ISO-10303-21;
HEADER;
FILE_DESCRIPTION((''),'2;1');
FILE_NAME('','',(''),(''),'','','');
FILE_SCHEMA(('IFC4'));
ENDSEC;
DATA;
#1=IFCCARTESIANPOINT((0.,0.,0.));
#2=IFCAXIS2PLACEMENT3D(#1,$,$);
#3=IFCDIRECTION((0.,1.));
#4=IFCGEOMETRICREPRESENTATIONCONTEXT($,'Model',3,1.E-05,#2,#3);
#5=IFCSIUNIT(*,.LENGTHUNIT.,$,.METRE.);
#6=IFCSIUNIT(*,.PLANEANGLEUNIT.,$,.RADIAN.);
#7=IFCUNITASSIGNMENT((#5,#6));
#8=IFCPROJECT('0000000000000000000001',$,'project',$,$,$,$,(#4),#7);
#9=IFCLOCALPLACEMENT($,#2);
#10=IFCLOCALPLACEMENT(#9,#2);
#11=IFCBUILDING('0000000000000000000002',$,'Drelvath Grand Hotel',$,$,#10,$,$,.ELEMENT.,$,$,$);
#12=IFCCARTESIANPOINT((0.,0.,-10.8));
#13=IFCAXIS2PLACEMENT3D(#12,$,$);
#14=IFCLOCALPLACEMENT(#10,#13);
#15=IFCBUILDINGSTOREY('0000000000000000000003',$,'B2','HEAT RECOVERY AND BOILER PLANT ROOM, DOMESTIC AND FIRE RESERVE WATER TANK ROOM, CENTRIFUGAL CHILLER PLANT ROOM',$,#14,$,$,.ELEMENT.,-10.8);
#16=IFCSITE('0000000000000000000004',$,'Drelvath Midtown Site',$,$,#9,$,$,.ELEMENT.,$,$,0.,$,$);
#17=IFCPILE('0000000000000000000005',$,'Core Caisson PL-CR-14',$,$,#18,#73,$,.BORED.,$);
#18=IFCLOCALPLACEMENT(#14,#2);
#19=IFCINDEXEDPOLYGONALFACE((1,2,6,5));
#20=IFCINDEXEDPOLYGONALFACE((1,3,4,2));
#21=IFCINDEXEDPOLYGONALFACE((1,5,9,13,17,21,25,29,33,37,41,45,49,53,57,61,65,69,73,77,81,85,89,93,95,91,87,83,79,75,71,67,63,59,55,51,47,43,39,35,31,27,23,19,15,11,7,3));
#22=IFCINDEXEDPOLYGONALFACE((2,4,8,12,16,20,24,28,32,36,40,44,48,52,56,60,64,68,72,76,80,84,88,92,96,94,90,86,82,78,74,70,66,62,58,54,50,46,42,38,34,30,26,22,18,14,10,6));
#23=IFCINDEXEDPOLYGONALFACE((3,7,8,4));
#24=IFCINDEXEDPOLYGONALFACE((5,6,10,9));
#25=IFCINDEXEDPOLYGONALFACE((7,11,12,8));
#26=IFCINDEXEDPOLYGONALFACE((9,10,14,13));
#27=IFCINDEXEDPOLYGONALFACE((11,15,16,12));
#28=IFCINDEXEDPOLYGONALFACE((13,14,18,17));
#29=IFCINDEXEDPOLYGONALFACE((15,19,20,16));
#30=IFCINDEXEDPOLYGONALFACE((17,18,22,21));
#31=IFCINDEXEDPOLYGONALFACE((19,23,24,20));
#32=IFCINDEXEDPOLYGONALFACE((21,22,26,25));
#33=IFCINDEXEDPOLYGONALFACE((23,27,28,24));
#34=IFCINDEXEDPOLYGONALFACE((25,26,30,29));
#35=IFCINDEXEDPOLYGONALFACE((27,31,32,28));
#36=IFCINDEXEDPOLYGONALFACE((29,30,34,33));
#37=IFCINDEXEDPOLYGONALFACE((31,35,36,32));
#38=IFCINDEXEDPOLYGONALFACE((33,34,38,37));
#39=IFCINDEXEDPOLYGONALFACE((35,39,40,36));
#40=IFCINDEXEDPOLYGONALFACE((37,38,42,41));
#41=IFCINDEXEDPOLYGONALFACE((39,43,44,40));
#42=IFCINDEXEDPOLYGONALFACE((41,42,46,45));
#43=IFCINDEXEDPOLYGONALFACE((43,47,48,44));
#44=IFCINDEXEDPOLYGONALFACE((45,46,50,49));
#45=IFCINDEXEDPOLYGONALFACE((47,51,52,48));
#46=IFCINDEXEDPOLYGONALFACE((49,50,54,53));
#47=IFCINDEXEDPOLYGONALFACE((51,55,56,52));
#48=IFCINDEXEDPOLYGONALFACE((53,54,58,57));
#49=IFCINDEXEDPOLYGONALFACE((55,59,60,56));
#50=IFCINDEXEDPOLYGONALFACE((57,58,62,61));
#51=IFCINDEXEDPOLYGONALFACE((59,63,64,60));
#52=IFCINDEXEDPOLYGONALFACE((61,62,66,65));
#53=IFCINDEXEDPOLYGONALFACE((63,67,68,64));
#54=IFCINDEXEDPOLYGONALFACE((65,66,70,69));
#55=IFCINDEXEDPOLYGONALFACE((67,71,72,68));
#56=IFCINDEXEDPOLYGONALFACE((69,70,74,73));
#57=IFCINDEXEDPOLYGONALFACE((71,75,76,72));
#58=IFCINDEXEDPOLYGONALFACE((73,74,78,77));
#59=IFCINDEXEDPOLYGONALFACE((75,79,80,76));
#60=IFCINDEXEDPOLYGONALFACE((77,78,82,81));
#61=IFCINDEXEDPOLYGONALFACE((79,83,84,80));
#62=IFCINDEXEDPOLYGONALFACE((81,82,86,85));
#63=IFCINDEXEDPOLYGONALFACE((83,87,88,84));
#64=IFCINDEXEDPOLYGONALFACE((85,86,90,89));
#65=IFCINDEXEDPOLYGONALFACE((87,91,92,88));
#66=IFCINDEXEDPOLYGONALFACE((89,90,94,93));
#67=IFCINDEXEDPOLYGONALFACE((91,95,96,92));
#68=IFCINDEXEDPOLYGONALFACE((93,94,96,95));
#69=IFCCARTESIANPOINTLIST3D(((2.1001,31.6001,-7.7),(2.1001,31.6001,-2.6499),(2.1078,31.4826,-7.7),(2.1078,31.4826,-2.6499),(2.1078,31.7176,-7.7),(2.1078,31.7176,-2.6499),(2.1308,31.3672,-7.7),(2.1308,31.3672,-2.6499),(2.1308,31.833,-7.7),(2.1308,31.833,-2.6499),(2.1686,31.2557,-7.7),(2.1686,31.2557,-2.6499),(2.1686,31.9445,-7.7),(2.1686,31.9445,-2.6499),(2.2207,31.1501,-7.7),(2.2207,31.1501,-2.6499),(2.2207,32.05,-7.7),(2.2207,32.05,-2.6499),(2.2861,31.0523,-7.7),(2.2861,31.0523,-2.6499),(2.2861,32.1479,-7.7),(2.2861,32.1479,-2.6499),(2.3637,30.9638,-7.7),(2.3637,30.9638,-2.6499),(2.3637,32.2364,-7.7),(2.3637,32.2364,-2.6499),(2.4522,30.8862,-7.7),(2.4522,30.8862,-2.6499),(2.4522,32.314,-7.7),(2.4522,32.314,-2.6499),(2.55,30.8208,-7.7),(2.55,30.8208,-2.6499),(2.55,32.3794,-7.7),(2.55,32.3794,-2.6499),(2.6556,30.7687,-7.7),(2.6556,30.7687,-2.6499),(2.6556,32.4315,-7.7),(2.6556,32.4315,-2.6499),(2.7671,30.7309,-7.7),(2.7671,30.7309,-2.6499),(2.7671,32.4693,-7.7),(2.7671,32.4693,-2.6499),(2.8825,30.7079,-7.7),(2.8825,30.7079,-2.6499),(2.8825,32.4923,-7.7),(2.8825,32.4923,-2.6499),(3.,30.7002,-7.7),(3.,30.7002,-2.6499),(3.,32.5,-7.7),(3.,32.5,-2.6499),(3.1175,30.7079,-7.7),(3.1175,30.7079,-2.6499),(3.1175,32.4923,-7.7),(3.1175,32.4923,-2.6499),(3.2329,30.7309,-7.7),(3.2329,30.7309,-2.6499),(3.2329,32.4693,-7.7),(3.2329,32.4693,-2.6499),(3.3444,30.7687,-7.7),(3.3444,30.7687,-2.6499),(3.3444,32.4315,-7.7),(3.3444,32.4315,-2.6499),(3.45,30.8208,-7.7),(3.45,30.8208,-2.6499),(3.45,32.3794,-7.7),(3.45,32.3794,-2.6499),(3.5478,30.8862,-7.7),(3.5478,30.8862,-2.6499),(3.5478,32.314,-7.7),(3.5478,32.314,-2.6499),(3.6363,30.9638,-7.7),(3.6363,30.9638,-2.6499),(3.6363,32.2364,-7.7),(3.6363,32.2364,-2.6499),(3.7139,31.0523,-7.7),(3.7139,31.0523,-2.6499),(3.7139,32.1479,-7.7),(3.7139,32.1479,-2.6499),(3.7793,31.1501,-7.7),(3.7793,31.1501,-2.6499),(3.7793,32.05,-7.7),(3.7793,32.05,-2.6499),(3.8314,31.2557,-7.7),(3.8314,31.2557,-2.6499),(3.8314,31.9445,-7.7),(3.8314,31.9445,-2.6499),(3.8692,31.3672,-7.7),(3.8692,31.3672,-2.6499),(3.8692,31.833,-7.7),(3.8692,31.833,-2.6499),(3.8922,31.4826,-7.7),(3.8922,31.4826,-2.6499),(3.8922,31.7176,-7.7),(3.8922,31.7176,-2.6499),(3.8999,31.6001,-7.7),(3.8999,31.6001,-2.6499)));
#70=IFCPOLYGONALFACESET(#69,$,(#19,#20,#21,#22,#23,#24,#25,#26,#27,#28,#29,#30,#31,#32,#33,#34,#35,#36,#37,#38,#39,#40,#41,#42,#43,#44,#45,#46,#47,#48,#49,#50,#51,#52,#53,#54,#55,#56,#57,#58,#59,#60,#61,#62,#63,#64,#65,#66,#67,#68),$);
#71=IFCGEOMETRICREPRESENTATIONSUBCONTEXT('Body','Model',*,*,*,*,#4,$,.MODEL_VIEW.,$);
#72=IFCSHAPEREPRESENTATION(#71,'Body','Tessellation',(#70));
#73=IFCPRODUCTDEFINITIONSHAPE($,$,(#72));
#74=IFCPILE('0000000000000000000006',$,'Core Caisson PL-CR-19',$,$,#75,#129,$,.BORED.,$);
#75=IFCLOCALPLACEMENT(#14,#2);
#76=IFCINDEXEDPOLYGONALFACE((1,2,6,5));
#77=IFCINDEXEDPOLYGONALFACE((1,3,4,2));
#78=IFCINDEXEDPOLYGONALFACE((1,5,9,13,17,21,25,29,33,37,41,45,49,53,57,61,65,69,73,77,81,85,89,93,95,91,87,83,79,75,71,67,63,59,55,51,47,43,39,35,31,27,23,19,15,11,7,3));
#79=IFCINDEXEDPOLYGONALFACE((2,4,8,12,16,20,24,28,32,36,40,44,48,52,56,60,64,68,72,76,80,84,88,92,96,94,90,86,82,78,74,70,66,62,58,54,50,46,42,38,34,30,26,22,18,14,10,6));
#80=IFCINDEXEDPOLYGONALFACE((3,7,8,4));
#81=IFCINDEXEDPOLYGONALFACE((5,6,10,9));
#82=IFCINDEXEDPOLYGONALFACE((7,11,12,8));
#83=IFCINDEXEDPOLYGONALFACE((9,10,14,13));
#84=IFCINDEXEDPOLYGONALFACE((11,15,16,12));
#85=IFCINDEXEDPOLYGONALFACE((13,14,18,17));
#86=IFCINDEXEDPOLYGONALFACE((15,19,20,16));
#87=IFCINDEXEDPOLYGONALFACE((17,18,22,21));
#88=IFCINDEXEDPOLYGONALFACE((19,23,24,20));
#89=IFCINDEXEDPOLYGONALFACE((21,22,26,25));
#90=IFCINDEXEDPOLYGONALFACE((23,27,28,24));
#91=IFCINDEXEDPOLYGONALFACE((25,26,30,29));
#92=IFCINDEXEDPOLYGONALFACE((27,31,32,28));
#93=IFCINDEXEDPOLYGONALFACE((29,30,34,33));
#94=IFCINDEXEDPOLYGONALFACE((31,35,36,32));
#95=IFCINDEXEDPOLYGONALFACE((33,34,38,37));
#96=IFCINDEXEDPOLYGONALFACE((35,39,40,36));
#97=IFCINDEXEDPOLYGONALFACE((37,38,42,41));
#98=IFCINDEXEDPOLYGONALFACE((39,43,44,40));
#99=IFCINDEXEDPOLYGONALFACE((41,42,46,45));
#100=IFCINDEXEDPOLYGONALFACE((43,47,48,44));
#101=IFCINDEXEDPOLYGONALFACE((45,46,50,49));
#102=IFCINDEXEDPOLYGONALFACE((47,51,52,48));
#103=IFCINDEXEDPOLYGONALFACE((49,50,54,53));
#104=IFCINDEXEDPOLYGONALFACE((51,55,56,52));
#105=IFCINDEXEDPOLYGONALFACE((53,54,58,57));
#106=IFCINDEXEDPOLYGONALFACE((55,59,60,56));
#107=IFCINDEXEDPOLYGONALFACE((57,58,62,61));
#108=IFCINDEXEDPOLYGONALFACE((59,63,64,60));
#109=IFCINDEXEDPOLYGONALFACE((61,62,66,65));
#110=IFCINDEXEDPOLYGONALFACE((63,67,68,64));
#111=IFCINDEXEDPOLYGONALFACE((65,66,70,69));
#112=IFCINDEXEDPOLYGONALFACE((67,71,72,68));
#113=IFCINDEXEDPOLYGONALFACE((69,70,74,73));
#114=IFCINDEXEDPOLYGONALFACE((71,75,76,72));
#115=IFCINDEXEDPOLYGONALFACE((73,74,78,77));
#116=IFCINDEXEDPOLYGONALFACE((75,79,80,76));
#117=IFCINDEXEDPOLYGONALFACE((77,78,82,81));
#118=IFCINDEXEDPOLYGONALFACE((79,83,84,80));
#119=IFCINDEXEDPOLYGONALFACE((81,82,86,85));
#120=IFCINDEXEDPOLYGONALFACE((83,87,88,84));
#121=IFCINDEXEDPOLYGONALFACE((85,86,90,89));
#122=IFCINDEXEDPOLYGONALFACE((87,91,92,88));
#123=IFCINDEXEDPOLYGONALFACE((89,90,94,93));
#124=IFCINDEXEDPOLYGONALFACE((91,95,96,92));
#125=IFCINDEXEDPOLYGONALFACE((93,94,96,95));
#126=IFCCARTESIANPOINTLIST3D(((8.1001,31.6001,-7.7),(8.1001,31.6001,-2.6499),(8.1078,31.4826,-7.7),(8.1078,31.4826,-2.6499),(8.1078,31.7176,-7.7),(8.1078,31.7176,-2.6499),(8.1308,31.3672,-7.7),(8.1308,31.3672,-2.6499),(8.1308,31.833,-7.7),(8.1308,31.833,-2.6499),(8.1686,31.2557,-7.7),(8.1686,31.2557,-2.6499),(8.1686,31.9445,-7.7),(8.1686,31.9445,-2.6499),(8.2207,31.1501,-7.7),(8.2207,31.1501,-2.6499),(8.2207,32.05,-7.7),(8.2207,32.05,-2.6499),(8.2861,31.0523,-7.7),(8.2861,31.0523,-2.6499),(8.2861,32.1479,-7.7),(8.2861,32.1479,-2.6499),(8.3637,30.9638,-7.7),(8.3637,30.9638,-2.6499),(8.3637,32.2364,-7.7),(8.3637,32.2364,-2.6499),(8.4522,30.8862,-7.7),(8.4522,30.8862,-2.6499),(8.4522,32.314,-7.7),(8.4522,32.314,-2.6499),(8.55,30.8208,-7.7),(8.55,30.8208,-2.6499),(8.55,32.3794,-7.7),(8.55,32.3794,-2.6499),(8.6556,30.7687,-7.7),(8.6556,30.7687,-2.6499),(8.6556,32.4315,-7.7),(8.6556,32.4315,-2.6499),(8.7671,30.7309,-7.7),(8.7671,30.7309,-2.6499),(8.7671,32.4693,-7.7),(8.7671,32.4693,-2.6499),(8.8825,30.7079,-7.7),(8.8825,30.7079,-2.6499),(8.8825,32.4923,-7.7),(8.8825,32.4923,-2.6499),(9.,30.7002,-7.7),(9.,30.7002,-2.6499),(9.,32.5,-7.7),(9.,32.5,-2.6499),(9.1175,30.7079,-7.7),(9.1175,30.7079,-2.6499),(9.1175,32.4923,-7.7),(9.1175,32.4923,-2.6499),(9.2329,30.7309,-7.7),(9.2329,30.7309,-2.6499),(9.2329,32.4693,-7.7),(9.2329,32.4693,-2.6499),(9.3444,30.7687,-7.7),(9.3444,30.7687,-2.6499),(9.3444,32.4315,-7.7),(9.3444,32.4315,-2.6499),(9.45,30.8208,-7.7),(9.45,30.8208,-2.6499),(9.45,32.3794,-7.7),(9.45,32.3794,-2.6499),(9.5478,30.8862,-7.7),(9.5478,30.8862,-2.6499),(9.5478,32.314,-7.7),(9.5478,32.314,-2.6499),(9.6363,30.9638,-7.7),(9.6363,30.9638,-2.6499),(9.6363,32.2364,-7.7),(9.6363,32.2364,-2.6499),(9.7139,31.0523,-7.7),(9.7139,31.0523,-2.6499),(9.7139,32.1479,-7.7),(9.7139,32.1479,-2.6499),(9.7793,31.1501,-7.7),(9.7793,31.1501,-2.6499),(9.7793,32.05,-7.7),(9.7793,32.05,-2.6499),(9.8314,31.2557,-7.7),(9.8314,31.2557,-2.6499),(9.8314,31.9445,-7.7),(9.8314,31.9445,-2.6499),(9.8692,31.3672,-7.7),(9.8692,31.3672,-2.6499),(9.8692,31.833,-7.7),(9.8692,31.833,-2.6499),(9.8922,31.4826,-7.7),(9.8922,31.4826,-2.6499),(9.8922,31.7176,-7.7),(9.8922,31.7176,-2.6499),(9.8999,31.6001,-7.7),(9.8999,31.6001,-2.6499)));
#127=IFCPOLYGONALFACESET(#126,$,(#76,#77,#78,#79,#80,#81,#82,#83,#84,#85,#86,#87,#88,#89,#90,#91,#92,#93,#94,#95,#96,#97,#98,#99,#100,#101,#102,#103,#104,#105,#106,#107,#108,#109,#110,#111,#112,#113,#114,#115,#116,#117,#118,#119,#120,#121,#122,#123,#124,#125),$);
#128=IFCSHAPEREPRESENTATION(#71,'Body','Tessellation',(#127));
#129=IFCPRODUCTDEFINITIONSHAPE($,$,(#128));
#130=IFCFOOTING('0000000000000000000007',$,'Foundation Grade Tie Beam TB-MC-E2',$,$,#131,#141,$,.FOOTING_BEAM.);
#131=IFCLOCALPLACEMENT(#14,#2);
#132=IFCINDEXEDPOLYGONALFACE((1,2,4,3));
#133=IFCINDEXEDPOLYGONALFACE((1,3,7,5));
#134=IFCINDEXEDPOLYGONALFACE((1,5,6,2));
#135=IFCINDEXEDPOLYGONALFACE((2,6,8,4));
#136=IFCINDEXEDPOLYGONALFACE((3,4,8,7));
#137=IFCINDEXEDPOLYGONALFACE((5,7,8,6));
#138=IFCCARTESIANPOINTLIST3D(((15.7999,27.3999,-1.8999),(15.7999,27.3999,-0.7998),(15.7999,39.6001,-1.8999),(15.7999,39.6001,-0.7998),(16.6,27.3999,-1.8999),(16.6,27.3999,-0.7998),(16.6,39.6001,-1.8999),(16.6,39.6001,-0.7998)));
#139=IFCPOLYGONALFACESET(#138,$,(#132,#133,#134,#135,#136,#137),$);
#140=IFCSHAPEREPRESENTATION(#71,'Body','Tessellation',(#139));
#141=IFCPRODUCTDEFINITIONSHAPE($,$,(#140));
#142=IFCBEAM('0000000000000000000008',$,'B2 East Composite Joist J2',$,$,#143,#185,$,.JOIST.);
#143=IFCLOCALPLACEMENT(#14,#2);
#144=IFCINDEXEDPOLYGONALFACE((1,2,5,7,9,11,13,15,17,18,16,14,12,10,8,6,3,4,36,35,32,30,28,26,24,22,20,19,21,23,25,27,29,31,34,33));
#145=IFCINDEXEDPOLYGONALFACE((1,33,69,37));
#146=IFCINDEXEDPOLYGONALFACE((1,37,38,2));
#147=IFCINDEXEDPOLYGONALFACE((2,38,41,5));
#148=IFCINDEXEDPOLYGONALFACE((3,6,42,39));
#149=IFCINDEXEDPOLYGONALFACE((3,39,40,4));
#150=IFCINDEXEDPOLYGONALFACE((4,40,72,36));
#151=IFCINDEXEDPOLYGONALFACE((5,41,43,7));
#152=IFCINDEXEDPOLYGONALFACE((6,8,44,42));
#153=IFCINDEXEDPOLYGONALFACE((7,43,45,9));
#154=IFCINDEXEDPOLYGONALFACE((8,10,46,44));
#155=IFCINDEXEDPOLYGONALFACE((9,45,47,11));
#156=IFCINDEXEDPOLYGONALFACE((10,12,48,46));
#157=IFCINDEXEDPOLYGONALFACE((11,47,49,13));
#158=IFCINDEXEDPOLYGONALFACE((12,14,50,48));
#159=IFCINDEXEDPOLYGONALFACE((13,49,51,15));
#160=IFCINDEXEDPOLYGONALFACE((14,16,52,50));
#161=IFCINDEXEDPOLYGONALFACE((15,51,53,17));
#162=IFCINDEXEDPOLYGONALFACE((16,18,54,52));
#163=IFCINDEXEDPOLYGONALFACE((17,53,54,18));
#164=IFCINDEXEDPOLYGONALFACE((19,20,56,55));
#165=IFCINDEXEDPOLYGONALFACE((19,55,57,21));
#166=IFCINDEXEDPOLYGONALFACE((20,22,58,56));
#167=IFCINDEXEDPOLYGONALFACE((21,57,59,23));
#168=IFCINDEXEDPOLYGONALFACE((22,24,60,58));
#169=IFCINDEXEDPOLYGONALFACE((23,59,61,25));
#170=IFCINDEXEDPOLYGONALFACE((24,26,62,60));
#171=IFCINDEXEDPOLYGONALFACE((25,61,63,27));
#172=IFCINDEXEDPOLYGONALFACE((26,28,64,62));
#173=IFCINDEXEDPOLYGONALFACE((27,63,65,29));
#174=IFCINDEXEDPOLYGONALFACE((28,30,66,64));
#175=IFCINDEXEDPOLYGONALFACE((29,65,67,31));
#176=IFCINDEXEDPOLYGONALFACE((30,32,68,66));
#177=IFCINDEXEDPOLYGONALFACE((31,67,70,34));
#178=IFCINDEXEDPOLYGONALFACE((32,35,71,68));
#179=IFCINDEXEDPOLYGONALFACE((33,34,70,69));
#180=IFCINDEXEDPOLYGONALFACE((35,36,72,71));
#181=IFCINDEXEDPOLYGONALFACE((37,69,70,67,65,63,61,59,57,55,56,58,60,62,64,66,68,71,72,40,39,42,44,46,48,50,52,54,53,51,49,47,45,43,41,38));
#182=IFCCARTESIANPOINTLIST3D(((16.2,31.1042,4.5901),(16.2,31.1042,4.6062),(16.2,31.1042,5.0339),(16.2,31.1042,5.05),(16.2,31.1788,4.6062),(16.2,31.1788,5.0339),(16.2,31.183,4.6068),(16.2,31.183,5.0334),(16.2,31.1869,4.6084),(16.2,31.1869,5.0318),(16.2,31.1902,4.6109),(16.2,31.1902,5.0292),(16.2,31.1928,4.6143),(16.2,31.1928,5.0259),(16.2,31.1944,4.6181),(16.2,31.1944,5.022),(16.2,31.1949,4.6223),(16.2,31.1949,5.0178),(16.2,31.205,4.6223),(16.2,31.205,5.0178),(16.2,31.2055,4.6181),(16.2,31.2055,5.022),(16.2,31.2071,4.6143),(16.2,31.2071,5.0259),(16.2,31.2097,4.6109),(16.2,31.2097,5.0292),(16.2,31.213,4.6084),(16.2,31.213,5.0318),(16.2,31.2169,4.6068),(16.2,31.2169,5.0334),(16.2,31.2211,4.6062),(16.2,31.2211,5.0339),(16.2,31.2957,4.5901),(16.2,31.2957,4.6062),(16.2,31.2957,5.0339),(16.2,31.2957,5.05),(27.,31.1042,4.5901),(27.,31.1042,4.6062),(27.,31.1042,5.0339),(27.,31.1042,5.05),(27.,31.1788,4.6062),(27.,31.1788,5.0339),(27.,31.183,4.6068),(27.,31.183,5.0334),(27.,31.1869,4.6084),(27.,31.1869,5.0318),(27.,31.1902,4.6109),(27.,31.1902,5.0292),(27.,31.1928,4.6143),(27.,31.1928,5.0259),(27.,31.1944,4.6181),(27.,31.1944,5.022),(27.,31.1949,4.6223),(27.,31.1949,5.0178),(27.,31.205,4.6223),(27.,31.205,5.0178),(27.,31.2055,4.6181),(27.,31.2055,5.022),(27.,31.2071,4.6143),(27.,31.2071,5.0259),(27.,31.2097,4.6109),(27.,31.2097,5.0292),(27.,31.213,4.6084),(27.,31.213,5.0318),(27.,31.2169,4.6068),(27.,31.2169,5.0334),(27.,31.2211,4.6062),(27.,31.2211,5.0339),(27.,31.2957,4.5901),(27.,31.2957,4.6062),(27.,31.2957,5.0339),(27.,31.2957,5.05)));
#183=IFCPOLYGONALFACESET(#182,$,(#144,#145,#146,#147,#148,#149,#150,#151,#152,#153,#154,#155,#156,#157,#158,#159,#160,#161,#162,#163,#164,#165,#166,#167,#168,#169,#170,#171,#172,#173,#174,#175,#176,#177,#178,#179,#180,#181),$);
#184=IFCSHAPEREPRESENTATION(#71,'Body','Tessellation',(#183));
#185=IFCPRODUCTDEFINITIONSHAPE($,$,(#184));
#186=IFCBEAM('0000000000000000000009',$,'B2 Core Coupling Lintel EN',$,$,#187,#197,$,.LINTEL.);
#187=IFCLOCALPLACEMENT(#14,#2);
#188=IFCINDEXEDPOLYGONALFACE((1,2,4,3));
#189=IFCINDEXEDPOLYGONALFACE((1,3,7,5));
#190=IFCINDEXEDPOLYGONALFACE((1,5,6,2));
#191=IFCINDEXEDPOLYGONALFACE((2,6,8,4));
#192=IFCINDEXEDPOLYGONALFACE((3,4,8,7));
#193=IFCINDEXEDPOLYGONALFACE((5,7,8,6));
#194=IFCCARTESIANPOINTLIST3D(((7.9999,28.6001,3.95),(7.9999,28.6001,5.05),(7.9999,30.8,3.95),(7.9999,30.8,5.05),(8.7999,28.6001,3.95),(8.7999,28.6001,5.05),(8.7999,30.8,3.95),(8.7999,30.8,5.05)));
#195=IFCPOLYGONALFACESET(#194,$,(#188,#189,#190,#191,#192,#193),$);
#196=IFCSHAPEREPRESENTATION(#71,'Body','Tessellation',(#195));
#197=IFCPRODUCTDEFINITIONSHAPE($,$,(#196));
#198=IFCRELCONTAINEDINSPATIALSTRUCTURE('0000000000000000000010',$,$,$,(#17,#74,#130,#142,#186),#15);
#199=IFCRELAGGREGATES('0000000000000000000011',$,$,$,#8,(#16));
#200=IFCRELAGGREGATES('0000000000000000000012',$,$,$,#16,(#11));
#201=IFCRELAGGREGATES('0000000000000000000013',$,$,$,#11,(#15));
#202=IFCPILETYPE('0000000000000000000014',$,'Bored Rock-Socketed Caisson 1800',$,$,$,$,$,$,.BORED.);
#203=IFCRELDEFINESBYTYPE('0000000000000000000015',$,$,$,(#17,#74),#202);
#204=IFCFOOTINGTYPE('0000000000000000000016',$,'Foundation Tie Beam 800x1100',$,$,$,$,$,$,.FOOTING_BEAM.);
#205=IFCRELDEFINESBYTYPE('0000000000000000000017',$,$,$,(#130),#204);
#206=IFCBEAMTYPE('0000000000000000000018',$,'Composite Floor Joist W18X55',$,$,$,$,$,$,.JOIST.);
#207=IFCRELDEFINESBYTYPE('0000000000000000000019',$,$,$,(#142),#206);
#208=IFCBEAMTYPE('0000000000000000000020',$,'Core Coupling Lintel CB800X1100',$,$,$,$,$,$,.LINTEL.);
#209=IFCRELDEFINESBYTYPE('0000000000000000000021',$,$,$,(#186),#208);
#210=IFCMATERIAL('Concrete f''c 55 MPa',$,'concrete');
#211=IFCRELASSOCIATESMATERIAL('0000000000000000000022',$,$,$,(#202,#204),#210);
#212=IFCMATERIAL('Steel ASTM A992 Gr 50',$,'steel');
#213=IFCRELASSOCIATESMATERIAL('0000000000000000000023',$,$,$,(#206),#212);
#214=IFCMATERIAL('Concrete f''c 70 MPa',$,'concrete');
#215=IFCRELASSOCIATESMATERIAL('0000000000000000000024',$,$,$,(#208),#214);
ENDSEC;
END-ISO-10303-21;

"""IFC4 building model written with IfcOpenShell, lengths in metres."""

from ifc_helpers import new_model, si_unit, direction, frame, origin, origin_2d, place, context, subcontext, project, spatial, rectangle, circle, i_section, extrude, material, material_profile, profile_set, type_object, element, save


model = new_model("IFC4")

# Units and contexts
model_context = context("Model", 3, precision=1e-05, world=origin(), true_north=direction((0.0, 1.0)))
body_context = subcontext(model_context, "Body", "Model", "MODEL_VIEW")
ifc_project = project(units=[si_unit("LENGTHUNIT", "METRE"), si_unit("PLANEANGLEUNIT", "RADIAN")], contexts=[model_context])

# Site, building, storey
site_placement = place(None, origin())
site = spatial("IfcSite", under=ifc_project, at=site_placement, Name="Drelvath Midtown Site", CompositionType="ELEMENT", RefElevation=0.0)
building_placement = place(site_placement, origin())
building = spatial("IfcBuilding", under=site, at=building_placement, Name="Drelvath Grand Hotel", CompositionType="ELEMENT")
storey_placement = place(building_placement, frame((0.0, 0.0, -10.8)))
storey = spatial("IfcBuildingStorey", under=building, at=storey_placement, Name="B2", Description="HEAT RECOVERY AND BOILER PLANT ROOM, DOMESTIC AND FIRE RESERVE WATER TANK ROOM, CENTRIFUGAL CHILLER PLANT ROOM", CompositionType="ELEMENT", Elevation=-10.8)

# Piles
ifc_material_1 = material(Name="Concrete f'c 55 MPa", Category="concrete")
ifc_material_profile_1 = material_profile(ifc_material_1, circle(Radius=0.8999, at=origin_2d()), Name="CAISSON1800")
ifc_profile_set_1 = profile_set([ifc_material_profile_1], Name="Concrete f'c 55 MPa")
pile_type = type_object("IfcPileType", Name="Bored Rock-Socketed Caisson 1800", PredefinedType="BORED", material=ifc_profile_set_1)
for number, where, z_axis, x_axis, name in (
    (1, (3.0, 31.6001, -2.6499), (0.0, 0.0, -1.0), (1.0, 0.0, 0.0), "Core Caisson PL-CR-14"),
    (2, (9.0, 31.6001, -2.6499), (0.0, 0.0, -1.0), (1.0, 0.0, 0.0), "Core Caisson PL-CR-19"),
):
    element("IfcPile", number, at=place(storey_placement, frame(where, z_axis=z_axis, x_axis=x_axis)), inside=storey, type_object=pile_type, Name=name, PredefinedType="BORED", context=body_context, shape_type="SweptSolid", body=[
        extrude(circle(Radius=0.8999, at=origin_2d()), origin(), (0.0, 0.0, 1.0), 5.05),
    ])

# Footing
ifc_material_profile_2 = material_profile(ifc_material_1, rectangle(XDim=0.8, YDim=1.1001, at=origin_2d()), Name="CB800X1100")
ifc_profile_set_2 = profile_set([ifc_material_profile_2], Name="Concrete f'c 55 MPa")
footing_type = type_object("IfcFootingType", Name="Foundation Tie Beam 800x1100", PredefinedType="FOOTING_BEAM", material=ifc_profile_set_2)
footing_placement = place(storey_placement, frame((16.2, 27.3999, -1.3499), z_axis=(0.0, 1.0, 0.0), x_axis=(-1.0, 0.0, 0.0)))
element("IfcFooting", 3, at=footing_placement, inside=storey, type_object=footing_type, Name="Foundation Grade Tie Beam TB-MC-E2", PredefinedType="FOOTING_BEAM", context=body_context, shape_type="SweptSolid", body=[
    extrude(rectangle(XDim=0.8, YDim=1.1001, at=origin_2d()), origin(), (0.0, 0.0, 1.0), 12.2002),
])

# Beams
ifc_material_2 = material(Name="Steel ASTM A992 Gr 50", Category="steel")
ifc_material_profile_3 = material_profile(ifc_material_2, i_section(OverallWidth=0.1914, OverallDepth=0.46, WebThickness=0.01, FlangeThickness=0.0161, FilletRadius=0.0161, at=origin_2d()), Name="W18X55")
ifc_profile_set_3 = profile_set([ifc_material_profile_3], Name="Steel ASTM A992 Gr 50")
beam_type_1 = type_object("IfcBeamType", Name="Composite Floor Joist W18X55", PredefinedType="JOIST", material=ifc_profile_set_3)
beam_1_placement = place(storey_placement, frame((16.2, 31.2, 4.8201), z_axis=(1.0, 0.0, 0.0), x_axis=(0.0, 1.0, 0.0)))
element("IfcBeam", 4, at=beam_1_placement, inside=storey, type_object=beam_type_1, Name="B2 East Composite Joist J2", PredefinedType="JOIST", context=body_context, shape_type="SweptSolid", body=[
    extrude(i_section(OverallWidth=0.1914, OverallDepth=0.46, WebThickness=0.01, FlangeThickness=0.0161, FilletRadius=0.0161, at=origin_2d()), origin(), (0.0, 0.0, 1.0), 10.8),
])
ifc_material_3 = material(Name="Concrete f'c 70 MPa", Category="concrete")
ifc_material_profile_4 = material_profile(ifc_material_3, rectangle(XDim=0.8, YDim=1.1001, at=origin_2d()), Name="CB800X1100")
ifc_profile_set_4 = profile_set([ifc_material_profile_4], Name="Concrete f'c 70 MPa")
beam_type_2 = type_object("IfcBeamType", Name="Core Coupling Lintel CB800X1100", PredefinedType="LINTEL", material=ifc_profile_set_4)
beam_2_placement = place(storey_placement, frame((8.3999, 28.6001, 4.5), z_axis=(0.0, 1.0, 0.0), x_axis=(-1.0, 0.0, 0.0)))
element("IfcBeam", 5, at=beam_2_placement, inside=storey, type_object=beam_type_2, Name="B2 Core Coupling Lintel EN", PredefinedType="LINTEL", context=body_context, shape_type="SweptSolid", body=[
    extrude(rectangle(XDim=0.8, YDim=1.1001, at=origin_2d()), origin(), (0.0, 0.0, 1.0), 2.2),
])

save(model, "model.ifc")
